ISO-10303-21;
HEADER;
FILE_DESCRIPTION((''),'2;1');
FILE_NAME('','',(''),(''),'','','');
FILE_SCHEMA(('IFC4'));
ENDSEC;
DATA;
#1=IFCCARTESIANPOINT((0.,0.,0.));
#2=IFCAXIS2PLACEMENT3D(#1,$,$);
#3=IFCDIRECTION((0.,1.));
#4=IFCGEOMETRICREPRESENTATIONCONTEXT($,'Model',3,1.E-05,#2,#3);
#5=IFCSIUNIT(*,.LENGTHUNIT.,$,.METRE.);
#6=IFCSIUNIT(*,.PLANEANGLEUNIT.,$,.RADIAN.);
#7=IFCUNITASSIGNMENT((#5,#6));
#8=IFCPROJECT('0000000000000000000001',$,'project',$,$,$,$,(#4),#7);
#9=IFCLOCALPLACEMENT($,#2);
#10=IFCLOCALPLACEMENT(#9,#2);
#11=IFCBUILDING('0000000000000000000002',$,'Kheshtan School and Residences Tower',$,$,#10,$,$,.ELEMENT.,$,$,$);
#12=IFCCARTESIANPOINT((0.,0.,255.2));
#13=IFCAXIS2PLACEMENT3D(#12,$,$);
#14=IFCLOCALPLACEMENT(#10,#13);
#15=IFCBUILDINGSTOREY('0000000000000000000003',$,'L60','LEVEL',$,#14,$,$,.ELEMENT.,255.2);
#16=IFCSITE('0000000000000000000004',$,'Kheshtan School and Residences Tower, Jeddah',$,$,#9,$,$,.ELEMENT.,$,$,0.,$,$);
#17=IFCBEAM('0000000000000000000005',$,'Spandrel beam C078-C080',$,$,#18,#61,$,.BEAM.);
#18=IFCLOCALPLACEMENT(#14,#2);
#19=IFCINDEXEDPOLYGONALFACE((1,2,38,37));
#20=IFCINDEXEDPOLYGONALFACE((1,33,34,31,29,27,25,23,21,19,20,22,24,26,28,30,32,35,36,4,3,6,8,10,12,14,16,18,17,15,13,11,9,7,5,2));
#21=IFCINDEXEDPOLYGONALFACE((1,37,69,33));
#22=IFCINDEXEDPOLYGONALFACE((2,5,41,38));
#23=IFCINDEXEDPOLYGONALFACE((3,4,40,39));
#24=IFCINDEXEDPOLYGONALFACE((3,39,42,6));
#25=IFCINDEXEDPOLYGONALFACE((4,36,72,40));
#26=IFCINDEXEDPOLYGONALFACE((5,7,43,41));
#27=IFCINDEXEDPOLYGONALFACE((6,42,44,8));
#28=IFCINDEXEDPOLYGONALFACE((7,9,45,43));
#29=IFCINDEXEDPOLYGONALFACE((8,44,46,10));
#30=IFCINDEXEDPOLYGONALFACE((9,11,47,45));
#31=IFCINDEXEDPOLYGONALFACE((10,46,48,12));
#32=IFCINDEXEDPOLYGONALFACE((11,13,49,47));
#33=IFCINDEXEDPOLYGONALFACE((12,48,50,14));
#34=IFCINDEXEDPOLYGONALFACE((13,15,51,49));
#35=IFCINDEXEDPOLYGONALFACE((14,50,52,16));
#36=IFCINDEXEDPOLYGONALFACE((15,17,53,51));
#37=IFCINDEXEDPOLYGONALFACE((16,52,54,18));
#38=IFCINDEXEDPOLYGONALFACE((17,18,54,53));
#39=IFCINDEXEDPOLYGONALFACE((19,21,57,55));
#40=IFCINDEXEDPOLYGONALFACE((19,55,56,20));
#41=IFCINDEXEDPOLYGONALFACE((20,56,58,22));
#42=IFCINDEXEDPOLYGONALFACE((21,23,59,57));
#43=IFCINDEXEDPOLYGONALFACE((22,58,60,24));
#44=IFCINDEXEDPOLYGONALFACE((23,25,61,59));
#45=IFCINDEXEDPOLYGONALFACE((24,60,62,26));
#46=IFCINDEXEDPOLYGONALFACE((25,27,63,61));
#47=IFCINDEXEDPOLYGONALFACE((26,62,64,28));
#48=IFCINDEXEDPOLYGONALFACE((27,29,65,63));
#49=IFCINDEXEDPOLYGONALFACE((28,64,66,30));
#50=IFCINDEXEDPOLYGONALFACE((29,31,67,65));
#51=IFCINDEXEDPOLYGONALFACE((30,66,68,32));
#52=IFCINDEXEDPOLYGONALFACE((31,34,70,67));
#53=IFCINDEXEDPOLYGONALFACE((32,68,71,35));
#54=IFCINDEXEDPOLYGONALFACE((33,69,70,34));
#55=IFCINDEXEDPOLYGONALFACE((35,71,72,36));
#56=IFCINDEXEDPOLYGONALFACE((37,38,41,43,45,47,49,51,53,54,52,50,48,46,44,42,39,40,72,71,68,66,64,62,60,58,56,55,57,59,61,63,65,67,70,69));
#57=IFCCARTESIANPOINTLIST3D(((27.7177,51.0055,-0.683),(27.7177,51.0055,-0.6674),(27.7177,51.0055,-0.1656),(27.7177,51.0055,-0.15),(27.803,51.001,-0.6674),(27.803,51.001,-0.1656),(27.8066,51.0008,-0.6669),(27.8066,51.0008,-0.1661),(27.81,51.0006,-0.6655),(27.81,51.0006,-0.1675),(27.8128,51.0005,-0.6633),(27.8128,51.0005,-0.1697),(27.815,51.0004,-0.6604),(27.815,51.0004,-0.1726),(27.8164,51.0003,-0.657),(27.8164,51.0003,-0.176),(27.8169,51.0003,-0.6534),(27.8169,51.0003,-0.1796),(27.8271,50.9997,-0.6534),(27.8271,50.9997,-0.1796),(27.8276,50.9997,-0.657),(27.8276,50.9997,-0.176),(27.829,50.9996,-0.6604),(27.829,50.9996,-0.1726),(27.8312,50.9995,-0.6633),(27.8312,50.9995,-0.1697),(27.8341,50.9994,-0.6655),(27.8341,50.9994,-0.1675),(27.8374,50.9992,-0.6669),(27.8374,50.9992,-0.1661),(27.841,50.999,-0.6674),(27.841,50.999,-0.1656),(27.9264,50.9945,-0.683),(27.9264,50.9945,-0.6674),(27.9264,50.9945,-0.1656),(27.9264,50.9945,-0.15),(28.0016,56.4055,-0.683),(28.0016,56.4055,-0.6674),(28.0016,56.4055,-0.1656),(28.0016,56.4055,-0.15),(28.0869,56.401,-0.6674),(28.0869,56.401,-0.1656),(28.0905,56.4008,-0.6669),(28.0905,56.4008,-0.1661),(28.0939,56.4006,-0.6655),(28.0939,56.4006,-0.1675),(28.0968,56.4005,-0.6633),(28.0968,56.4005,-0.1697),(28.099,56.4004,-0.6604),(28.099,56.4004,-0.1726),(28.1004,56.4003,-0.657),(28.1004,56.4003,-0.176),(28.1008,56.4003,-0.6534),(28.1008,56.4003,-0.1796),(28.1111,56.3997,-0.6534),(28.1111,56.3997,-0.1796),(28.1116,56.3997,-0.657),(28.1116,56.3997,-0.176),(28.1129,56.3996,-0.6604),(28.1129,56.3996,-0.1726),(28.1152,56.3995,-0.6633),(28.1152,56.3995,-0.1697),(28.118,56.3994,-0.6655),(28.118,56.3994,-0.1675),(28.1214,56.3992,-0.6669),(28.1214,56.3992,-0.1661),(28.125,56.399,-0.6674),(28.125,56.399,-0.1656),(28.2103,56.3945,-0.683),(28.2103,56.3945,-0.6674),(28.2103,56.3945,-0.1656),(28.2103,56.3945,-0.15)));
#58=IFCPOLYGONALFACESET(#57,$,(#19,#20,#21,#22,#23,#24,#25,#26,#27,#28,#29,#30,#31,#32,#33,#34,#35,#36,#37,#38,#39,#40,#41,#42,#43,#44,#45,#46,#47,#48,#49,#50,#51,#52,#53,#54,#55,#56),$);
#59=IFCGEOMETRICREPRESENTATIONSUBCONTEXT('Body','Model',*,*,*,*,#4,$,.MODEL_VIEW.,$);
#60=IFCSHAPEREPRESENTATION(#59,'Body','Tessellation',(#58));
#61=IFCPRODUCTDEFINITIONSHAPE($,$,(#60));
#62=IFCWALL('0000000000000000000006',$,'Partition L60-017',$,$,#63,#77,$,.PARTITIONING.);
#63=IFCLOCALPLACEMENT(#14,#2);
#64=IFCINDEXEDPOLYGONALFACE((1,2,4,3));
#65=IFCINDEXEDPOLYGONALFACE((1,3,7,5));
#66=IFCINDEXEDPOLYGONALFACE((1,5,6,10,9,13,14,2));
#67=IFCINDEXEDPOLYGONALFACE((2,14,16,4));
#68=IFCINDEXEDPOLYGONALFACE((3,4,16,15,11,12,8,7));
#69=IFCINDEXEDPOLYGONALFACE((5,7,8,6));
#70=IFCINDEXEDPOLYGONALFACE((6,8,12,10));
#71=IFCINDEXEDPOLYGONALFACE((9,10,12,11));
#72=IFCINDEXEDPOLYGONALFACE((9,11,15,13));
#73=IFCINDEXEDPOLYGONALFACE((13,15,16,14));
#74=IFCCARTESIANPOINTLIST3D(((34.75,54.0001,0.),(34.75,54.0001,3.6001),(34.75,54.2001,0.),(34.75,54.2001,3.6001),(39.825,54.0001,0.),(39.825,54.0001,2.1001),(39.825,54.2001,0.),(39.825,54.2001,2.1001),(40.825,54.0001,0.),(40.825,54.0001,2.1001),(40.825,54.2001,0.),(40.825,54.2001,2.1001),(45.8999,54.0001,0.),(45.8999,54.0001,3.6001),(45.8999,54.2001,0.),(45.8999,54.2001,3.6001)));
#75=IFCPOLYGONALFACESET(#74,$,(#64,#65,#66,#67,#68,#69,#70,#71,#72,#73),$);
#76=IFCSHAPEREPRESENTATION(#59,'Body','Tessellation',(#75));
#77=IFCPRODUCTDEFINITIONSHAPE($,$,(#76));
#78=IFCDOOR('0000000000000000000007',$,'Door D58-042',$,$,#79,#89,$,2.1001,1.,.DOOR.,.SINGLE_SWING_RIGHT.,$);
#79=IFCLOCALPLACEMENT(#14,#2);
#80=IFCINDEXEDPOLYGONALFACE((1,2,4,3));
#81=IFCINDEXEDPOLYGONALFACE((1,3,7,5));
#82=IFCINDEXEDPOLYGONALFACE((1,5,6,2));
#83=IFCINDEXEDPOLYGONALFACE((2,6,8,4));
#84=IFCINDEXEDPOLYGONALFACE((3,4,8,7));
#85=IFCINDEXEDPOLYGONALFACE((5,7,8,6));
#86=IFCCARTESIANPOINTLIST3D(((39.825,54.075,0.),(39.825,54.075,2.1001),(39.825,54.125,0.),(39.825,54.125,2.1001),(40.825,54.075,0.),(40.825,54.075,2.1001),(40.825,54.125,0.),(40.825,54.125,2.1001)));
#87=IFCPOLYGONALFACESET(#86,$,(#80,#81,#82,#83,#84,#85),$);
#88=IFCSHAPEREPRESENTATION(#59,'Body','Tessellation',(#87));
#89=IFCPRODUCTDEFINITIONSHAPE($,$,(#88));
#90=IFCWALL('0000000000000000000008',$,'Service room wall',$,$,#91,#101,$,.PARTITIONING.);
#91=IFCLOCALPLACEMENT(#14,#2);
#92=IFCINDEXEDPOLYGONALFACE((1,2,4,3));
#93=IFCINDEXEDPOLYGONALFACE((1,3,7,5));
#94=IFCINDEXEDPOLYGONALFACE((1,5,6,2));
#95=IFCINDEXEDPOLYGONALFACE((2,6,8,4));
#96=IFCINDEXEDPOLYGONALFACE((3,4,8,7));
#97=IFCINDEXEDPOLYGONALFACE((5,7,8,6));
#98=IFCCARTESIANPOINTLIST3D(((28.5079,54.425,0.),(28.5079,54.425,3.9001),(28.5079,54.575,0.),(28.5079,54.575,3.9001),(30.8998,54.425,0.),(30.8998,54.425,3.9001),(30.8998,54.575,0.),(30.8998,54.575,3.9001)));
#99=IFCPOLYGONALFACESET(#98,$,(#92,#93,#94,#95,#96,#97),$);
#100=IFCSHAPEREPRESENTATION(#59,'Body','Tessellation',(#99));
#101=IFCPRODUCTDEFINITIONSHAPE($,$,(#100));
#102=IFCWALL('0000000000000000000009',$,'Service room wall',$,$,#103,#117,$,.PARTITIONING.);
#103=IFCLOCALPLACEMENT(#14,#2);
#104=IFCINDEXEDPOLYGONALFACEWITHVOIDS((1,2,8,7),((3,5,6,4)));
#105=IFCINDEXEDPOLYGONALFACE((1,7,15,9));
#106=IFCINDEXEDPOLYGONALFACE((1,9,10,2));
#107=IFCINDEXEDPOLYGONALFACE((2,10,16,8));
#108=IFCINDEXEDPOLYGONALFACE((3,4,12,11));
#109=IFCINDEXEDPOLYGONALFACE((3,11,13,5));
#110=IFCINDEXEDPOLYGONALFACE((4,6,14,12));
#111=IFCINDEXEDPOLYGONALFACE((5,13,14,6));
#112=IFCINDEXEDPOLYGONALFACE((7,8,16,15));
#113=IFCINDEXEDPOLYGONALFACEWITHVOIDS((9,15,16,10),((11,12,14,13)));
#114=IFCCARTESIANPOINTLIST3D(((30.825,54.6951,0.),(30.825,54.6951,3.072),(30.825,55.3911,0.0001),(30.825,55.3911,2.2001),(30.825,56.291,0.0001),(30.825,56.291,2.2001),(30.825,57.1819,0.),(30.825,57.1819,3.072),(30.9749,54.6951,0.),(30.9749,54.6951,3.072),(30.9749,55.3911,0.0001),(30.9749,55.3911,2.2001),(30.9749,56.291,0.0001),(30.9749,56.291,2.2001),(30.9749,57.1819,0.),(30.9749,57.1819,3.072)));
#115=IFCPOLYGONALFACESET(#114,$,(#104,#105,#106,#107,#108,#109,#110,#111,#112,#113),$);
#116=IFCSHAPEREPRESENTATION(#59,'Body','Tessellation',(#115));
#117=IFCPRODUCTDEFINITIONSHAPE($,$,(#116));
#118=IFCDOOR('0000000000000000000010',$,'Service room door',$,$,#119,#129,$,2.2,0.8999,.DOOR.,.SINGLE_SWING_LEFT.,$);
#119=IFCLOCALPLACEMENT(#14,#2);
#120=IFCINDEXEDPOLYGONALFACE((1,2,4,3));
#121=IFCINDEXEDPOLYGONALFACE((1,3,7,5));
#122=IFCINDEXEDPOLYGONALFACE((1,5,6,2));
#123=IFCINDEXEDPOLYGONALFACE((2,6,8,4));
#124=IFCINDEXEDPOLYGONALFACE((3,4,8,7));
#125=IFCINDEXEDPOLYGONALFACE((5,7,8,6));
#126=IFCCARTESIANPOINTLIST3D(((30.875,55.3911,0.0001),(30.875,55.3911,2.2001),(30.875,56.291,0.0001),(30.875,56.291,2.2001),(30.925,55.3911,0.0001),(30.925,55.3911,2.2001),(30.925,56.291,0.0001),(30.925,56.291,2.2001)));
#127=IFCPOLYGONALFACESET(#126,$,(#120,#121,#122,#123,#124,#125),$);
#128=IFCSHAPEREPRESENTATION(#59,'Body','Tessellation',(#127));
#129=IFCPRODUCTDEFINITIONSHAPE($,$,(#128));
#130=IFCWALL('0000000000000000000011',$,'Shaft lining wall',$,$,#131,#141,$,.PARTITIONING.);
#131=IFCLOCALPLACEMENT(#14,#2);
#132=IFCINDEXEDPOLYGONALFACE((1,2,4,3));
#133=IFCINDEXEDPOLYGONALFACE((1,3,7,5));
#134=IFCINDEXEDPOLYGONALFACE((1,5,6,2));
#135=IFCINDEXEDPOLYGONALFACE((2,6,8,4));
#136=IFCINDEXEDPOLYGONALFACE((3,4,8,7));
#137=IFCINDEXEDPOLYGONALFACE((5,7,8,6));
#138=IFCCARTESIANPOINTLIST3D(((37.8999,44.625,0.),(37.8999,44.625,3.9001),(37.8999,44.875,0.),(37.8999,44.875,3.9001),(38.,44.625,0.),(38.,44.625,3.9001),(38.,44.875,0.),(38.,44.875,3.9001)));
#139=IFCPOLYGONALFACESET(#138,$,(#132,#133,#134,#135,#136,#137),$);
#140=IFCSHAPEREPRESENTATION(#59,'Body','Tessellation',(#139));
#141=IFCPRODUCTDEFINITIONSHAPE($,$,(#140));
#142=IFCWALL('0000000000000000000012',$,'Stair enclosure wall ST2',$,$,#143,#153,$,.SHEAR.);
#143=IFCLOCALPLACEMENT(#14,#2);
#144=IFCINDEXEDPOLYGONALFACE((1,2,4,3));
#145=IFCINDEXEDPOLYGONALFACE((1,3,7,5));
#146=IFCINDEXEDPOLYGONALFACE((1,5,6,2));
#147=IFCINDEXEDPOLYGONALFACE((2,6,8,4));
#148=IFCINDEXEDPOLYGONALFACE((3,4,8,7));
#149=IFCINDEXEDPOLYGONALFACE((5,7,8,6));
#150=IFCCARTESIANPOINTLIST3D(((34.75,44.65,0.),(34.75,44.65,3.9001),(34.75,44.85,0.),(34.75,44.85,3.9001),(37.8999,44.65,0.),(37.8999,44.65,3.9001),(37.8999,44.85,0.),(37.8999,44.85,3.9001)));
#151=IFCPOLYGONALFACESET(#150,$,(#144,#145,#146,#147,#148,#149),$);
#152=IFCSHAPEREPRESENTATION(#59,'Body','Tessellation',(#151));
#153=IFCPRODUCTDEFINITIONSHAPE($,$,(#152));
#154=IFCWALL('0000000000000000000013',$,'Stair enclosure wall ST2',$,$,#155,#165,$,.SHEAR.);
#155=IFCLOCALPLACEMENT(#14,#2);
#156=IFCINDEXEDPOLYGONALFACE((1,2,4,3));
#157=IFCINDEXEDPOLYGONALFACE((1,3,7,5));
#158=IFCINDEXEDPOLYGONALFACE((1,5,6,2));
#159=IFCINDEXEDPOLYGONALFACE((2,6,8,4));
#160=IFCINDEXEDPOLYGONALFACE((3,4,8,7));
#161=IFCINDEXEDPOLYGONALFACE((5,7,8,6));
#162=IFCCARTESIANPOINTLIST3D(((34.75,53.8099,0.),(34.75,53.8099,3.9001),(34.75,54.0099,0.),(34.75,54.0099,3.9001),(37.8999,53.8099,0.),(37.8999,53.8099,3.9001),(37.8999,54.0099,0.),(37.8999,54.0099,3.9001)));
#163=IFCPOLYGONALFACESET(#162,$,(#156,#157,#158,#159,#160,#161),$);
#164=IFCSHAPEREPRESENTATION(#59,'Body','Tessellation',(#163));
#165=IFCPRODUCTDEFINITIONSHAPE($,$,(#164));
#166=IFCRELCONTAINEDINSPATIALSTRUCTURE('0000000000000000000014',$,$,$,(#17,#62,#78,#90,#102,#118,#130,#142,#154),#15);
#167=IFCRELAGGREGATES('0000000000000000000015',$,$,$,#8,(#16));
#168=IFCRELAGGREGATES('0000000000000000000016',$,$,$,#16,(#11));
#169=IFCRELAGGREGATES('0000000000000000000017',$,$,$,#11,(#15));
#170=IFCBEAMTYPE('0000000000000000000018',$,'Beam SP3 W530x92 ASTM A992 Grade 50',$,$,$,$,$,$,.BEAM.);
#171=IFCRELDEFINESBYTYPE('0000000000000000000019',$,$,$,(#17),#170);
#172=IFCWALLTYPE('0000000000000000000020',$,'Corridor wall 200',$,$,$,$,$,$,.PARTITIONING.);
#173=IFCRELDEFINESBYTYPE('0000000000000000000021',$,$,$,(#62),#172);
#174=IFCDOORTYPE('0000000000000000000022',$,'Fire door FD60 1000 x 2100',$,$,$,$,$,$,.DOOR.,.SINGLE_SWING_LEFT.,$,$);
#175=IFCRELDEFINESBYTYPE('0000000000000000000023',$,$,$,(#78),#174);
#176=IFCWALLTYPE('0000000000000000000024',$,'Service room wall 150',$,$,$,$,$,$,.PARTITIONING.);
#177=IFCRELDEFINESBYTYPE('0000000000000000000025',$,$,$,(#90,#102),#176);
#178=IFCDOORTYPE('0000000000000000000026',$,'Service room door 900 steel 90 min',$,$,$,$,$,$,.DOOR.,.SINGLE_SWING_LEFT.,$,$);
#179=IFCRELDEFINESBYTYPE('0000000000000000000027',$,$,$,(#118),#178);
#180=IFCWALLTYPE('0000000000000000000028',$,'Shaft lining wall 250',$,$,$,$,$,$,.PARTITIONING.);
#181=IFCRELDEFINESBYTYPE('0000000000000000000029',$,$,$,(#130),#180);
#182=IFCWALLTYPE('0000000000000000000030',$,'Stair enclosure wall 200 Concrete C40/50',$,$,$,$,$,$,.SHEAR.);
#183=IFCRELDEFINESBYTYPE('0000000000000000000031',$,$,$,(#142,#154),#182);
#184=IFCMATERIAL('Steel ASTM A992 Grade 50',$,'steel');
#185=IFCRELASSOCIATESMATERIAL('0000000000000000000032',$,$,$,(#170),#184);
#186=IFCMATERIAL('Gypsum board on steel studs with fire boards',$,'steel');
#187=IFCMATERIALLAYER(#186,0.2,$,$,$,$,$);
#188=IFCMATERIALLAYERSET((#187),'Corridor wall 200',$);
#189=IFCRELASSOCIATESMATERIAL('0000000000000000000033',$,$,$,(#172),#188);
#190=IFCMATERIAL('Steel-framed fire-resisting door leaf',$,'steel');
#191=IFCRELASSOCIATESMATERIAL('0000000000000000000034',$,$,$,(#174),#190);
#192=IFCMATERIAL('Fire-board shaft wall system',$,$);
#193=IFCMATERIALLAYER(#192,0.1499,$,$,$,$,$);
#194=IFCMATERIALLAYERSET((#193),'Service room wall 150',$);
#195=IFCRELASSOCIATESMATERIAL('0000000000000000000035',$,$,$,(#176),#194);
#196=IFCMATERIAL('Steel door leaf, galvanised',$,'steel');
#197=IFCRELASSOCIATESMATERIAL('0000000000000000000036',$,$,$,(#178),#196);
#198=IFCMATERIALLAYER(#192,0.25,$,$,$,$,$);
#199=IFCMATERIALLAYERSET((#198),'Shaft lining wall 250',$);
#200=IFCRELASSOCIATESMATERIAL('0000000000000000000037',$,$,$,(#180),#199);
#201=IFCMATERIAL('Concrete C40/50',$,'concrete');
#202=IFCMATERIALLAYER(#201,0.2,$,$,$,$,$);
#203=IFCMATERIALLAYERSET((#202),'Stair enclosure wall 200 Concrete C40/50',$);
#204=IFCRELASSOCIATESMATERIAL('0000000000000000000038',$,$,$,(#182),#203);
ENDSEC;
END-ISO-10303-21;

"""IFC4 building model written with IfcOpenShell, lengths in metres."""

from ifc_helpers import new_model, si_unit, direction, frame, frame_2d, origin, origin_2d, place, context, subcontext, project, spatial, rectangle, i_section, extrude, source, transform, mapped, material, layer, layer_set, material_profile, profile_set, type_object, element, fill, save


model = new_model("IFC4")

# Units and contexts
model_context = context("Model", 3, precision=1e-05, world=origin(), true_north=direction((0.0, 1.0)))
body_context = subcontext(model_context, "Body", "Model", "MODEL_VIEW")
ifc_project = project(units=[si_unit("LENGTHUNIT", "METRE"), si_unit("PLANEANGLEUNIT", "RADIAN")], contexts=[model_context])

# Site, building, storey
site_placement = place(None, origin())
site = spatial("IfcSite", under=ifc_project, at=site_placement, Name="Kheshtan School and Residences Tower, Jeddah", CompositionType="ELEMENT", RefElevation=0.0)
building_placement = place(site_placement, origin())
building = spatial("IfcBuilding", under=site, at=building_placement, Name="Kheshtan School and Residences Tower", CompositionType="ELEMENT")
storey_placement = place(building_placement, frame((0.0, 0.0, 255.2)))
storey = spatial("IfcBuildingStorey", under=building, at=storey_placement, Name="L60", Description="LEVEL", CompositionType="ELEMENT", Elevation=255.2)

# Shared definitions
ifc_material_1 = material(Name="Steel ASTM A992 Grade 50", Category="steel")

# Beam
ifc_material_profile_1 = material_profile(ifc_material_1, i_section(OverallWidth=0.209, OverallDepth=0.533, WebThickness=0.0103, FlangeThickness=0.0156, FilletRadius=0.0139, at=origin_2d()), Name="W530x92")
ifc_profile_set_1 = profile_set([ifc_material_profile_1], Name="Steel ASTM A992 Grade 50")
beam_type = type_object("IfcBeamType", Name="Beam SP3 W530x92 ASTM A992 Grade 50", PredefinedType="BEAM", material=ifc_profile_set_1)
for number, where, z_axis, x_axis, name in (
    (1, (27.822, 51.0, -0.4165), (0.052509, 0.99862, 0.0), (-0.99862, 0.052509, 0.0), "Spandrel beam C078-C080"),
):
    element("IfcBeam", number, at=place(storey_placement, frame(where, z_axis=z_axis, x_axis=x_axis)), inside=storey, type_object=beam_type, Name=name, PredefinedType="BEAM", context=body_context, shape_type="SweptSolid", body=[
        extrude(i_section(OverallWidth=0.209, OverallDepth=0.533, WebThickness=0.0103, FlangeThickness=0.0156, FilletRadius=0.0139, at=origin_2d()), origin(), (0.0, 0.0, 1.0), 5.4075),
    ])

# Wall, opening, door
ifc_material_2 = material(Name="Gypsum board on steel studs with fire boards", Category="steel")
ifc_layer_1 = layer(ifc_material_2, 0.2)
ifc_layer_set_1 = layer_set([ifc_layer_1], Name="Corridor wall 200")
wall_type_1 = type_object("IfcWallType", Name="Corridor wall 200", PredefinedType="PARTITIONING", material=ifc_layer_set_1)
wall_1_placement = place(storey_placement, frame((34.75, 54.1001, 0.0), z_axis=(0.0, 0.0, 1.0), x_axis=(1.0, 0.0, 0.0)))
wall_1 = element("IfcWall", 2, at=wall_1_placement, inside=storey, type_object=wall_type_1, Name="Partition L60-017", PredefinedType="PARTITIONING", context=body_context, shape_type="SweptSolid", body=[
    extrude(rectangle(XDim=11.1499, YDim=0.2, at=frame_2d((5.575, 0.0))), origin(), (0.0, 0.0, 1.0), 3.6001),
])
opening_1_placement = place(wall_1_placement, frame((5.075, 0.0, 0.0)))
opening_1 = element("IfcOpeningElement", 3, at=opening_1_placement, cuts=wall_1, PredefinedType="OPENING", context=body_context, shape_type="SweptSolid", body=[
    extrude(rectangle(XDim=1.0, YDim=2.1001, at=frame_2d((0.5, 1.05))), frame((0.0, 0.1099, 0.0), z_axis=(0.0, -1.0, 0.0), x_axis=(1.0, 0.0, 0.0)), (0.0, 0.0, 1.0), 0.22),
])
ifc_material_3 = material(Name="Steel-framed fire-resisting door leaf", Category="steel")
door_type_1 = type_object("IfcDoorType", Name="Fire door FD60 1000 x 2100", OperationType="SINGLE_SWING_LEFT", PredefinedType="DOOR", material=ifc_material_3)
shared_shape_1 = source(origin(), body_context, "Body", "SweptSolid", [
    extrude(rectangle(XDim=1.0, YDim=2.1001, at=frame_2d((0.5, 1.05))), frame((0.0, 0.0249, 0.0), z_axis=(0.0, -1.0, 0.0), x_axis=(1.0, 0.0, 0.0)), (0.0, 0.0, 1.0), 0.05),
])
door_1_placement = place(opening_1_placement, origin())
door_1 = element("IfcDoor", 4, at=door_1_placement, inside=storey, type_object=door_type_1, Name="Door D58-042", OperationType="SINGLE_SWING_RIGHT", OverallHeight=2.1001, OverallWidth=1.0, PredefinedType="DOOR", context=body_context, shape_type="MappedRepresentation", body=[
    mapped(shared_shape_1, transform((0.0, 0.0, 0.0), x_axis=(1.0, 0.0, 0.0), y_axis=(0.0, 1.0, 0.0), z_axis=(0.0, 0.0, 1.0), scale=1.0)),
])
fill(opening_1, door_1)

# Wall
ifc_material_4 = material(Name="Fire-board shaft wall system")
ifc_layer_2 = layer(ifc_material_4, 0.1499)
ifc_layer_set_2 = layer_set([ifc_layer_2], Name="Service room wall 150")
wall_type_2 = type_object("IfcWallType", Name="Service room wall 150", PredefinedType="PARTITIONING", material=ifc_layer_set_2)
wall_2_placement = place(storey_placement, frame((28.5081, 54.5, 0.0), z_axis=(0.0, 0.0, 1.0), x_axis=(1.0, 0.0, 0.0)))
element("IfcWall", 5, at=wall_2_placement, inside=storey, type_object=wall_type_2, Name="Service room wall", PredefinedType="PARTITIONING", context=body_context, shape_type="SweptSolid", body=[
    extrude(rectangle(XDim=2.3918, YDim=0.1499, at=frame_2d((1.1958, 0.0))), origin(), (0.0, 0.0, 1.0), 3.9001),
])

# Wall, opening, door
wall_3_placement = place(storey_placement, frame((30.8999, 54.6951, 0.0), z_axis=(0.0, 0.0, 1.0), x_axis=(0.0, 1.0, 0.0)))
wall_3 = element("IfcWall", 6, at=wall_3_placement, inside=storey, type_object=wall_type_2, Name="Service room wall", PredefinedType="PARTITIONING", context=body_context, shape_type="SweptSolid", body=[
    extrude(rectangle(XDim=2.4868, YDim=0.1499, at=frame_2d((1.2434, 0.0))), origin(), (0.0, 0.0, 1.0), 3.072),
])
opening_2_placement = place(wall_3_placement, frame((0.696, 0.0, 0.0)))
opening_2 = element("IfcOpeningElement", 7, at=opening_2_placement, cuts=wall_3, PredefinedType="OPENING", context=body_context, shape_type="SweptSolid", body=[
    extrude(rectangle(XDim=0.8999, YDim=2.2, at=frame_2d((0.45, 1.1001))), frame((0.0, 0.085, 0.0), z_axis=(0.0, -1.0, 0.0), x_axis=(1.0, 0.0, 0.0)), (0.0, 0.0, 1.0), 0.1699),
])
ifc_material_5 = material(Name="Steel door leaf, galvanised", Category="steel")
door_type_2 = type_object("IfcDoorType", Name="Service room door 900 steel 90 min", OperationType="SINGLE_SWING_LEFT", PredefinedType="DOOR", material=ifc_material_5)
shared_shape_2 = source(origin(), body_context, "Body", "SweptSolid", [
    extrude(rectangle(XDim=0.8999, YDim=2.2, at=frame_2d((0.45, 1.1001))), frame((0.0, 0.0249, 0.0), z_axis=(0.0, -1.0, 0.0), x_axis=(1.0, 0.0, 0.0)), (0.0, 0.0, 1.0), 0.05),
])
door_2_placement = place(opening_2_placement, origin())
door_2 = element("IfcDoor", 8, at=door_2_placement, inside=storey, type_object=door_type_2, Name="Service room door", OperationType="SINGLE_SWING_LEFT", OverallHeight=2.2, OverallWidth=0.8999, PredefinedType="DOOR", context=body_context, shape_type="MappedRepresentation", body=[
    mapped(shared_shape_2, transform((0.0, 0.0, 0.0), x_axis=(1.0, 0.0, 0.0), y_axis=(0.0, 1.0, 0.0), z_axis=(0.0, 0.0, 1.0), scale=1.0)),
])
fill(opening_2, door_2)

# Walls
ifc_layer_3 = layer(ifc_material_4, 0.25)
ifc_layer_set_3 = layer_set([ifc_layer_3], Name="Shaft lining wall 250")
wall_type_3 = type_object("IfcWallType", Name="Shaft lining wall 250", PredefinedType="PARTITIONING", material=ifc_layer_set_3)
wall_4_placement = place(storey_placement, frame((37.8999, 44.75, 0.0), z_axis=(0.0, 0.0, 1.0), x_axis=(1.0, 0.0, 0.0)))
element("IfcWall", 9, at=wall_4_placement, inside=storey, type_object=wall_type_3, Name="Shaft lining wall", PredefinedType="PARTITIONING", context=body_context, shape_type="SweptSolid", body=[
    extrude(rectangle(XDim=0.1001, YDim=0.25, at=frame_2d((0.05, 0.0))), origin(), (0.0, 0.0, 1.0), 3.9001),
])
ifc_material_6 = material(Name="Concrete C40/50", Category="concrete")
ifc_layer_4 = layer(ifc_material_6, 0.2)
ifc_layer_set_4 = layer_set([ifc_layer_4], Name="Stair enclosure wall 200 Concrete C40/50")
wall_type_4 = type_object("IfcWallType", Name="Stair enclosure wall 200 Concrete C40/50", PredefinedType="SHEAR", material=ifc_layer_set_4)
for number, where, z_axis, x_axis, name in (
    (10, (34.75, 44.75, 0.0), (0.0, 0.0, 1.0), (1.0, 0.0, 0.0), "Stair enclosure wall ST2"),
    (11, (34.75, 53.9099, 0.0), (0.0, 0.0, 1.0), (1.0, 0.0, 0.0), "Stair enclosure wall ST2"),
):
    element("IfcWall", number, at=place(storey_placement, frame(where, z_axis=z_axis, x_axis=x_axis)), inside=storey, type_object=wall_type_4, Name=name, PredefinedType="SHEAR", context=body_context, shape_type="SweptSolid", body=[
        extrude(rectangle(XDim=3.1499, YDim=0.2, at=frame_2d((1.575, 0.0))), origin(), (0.0, 0.0, 1.0), 3.9001),
    ])

save(model, "model.ifc")
